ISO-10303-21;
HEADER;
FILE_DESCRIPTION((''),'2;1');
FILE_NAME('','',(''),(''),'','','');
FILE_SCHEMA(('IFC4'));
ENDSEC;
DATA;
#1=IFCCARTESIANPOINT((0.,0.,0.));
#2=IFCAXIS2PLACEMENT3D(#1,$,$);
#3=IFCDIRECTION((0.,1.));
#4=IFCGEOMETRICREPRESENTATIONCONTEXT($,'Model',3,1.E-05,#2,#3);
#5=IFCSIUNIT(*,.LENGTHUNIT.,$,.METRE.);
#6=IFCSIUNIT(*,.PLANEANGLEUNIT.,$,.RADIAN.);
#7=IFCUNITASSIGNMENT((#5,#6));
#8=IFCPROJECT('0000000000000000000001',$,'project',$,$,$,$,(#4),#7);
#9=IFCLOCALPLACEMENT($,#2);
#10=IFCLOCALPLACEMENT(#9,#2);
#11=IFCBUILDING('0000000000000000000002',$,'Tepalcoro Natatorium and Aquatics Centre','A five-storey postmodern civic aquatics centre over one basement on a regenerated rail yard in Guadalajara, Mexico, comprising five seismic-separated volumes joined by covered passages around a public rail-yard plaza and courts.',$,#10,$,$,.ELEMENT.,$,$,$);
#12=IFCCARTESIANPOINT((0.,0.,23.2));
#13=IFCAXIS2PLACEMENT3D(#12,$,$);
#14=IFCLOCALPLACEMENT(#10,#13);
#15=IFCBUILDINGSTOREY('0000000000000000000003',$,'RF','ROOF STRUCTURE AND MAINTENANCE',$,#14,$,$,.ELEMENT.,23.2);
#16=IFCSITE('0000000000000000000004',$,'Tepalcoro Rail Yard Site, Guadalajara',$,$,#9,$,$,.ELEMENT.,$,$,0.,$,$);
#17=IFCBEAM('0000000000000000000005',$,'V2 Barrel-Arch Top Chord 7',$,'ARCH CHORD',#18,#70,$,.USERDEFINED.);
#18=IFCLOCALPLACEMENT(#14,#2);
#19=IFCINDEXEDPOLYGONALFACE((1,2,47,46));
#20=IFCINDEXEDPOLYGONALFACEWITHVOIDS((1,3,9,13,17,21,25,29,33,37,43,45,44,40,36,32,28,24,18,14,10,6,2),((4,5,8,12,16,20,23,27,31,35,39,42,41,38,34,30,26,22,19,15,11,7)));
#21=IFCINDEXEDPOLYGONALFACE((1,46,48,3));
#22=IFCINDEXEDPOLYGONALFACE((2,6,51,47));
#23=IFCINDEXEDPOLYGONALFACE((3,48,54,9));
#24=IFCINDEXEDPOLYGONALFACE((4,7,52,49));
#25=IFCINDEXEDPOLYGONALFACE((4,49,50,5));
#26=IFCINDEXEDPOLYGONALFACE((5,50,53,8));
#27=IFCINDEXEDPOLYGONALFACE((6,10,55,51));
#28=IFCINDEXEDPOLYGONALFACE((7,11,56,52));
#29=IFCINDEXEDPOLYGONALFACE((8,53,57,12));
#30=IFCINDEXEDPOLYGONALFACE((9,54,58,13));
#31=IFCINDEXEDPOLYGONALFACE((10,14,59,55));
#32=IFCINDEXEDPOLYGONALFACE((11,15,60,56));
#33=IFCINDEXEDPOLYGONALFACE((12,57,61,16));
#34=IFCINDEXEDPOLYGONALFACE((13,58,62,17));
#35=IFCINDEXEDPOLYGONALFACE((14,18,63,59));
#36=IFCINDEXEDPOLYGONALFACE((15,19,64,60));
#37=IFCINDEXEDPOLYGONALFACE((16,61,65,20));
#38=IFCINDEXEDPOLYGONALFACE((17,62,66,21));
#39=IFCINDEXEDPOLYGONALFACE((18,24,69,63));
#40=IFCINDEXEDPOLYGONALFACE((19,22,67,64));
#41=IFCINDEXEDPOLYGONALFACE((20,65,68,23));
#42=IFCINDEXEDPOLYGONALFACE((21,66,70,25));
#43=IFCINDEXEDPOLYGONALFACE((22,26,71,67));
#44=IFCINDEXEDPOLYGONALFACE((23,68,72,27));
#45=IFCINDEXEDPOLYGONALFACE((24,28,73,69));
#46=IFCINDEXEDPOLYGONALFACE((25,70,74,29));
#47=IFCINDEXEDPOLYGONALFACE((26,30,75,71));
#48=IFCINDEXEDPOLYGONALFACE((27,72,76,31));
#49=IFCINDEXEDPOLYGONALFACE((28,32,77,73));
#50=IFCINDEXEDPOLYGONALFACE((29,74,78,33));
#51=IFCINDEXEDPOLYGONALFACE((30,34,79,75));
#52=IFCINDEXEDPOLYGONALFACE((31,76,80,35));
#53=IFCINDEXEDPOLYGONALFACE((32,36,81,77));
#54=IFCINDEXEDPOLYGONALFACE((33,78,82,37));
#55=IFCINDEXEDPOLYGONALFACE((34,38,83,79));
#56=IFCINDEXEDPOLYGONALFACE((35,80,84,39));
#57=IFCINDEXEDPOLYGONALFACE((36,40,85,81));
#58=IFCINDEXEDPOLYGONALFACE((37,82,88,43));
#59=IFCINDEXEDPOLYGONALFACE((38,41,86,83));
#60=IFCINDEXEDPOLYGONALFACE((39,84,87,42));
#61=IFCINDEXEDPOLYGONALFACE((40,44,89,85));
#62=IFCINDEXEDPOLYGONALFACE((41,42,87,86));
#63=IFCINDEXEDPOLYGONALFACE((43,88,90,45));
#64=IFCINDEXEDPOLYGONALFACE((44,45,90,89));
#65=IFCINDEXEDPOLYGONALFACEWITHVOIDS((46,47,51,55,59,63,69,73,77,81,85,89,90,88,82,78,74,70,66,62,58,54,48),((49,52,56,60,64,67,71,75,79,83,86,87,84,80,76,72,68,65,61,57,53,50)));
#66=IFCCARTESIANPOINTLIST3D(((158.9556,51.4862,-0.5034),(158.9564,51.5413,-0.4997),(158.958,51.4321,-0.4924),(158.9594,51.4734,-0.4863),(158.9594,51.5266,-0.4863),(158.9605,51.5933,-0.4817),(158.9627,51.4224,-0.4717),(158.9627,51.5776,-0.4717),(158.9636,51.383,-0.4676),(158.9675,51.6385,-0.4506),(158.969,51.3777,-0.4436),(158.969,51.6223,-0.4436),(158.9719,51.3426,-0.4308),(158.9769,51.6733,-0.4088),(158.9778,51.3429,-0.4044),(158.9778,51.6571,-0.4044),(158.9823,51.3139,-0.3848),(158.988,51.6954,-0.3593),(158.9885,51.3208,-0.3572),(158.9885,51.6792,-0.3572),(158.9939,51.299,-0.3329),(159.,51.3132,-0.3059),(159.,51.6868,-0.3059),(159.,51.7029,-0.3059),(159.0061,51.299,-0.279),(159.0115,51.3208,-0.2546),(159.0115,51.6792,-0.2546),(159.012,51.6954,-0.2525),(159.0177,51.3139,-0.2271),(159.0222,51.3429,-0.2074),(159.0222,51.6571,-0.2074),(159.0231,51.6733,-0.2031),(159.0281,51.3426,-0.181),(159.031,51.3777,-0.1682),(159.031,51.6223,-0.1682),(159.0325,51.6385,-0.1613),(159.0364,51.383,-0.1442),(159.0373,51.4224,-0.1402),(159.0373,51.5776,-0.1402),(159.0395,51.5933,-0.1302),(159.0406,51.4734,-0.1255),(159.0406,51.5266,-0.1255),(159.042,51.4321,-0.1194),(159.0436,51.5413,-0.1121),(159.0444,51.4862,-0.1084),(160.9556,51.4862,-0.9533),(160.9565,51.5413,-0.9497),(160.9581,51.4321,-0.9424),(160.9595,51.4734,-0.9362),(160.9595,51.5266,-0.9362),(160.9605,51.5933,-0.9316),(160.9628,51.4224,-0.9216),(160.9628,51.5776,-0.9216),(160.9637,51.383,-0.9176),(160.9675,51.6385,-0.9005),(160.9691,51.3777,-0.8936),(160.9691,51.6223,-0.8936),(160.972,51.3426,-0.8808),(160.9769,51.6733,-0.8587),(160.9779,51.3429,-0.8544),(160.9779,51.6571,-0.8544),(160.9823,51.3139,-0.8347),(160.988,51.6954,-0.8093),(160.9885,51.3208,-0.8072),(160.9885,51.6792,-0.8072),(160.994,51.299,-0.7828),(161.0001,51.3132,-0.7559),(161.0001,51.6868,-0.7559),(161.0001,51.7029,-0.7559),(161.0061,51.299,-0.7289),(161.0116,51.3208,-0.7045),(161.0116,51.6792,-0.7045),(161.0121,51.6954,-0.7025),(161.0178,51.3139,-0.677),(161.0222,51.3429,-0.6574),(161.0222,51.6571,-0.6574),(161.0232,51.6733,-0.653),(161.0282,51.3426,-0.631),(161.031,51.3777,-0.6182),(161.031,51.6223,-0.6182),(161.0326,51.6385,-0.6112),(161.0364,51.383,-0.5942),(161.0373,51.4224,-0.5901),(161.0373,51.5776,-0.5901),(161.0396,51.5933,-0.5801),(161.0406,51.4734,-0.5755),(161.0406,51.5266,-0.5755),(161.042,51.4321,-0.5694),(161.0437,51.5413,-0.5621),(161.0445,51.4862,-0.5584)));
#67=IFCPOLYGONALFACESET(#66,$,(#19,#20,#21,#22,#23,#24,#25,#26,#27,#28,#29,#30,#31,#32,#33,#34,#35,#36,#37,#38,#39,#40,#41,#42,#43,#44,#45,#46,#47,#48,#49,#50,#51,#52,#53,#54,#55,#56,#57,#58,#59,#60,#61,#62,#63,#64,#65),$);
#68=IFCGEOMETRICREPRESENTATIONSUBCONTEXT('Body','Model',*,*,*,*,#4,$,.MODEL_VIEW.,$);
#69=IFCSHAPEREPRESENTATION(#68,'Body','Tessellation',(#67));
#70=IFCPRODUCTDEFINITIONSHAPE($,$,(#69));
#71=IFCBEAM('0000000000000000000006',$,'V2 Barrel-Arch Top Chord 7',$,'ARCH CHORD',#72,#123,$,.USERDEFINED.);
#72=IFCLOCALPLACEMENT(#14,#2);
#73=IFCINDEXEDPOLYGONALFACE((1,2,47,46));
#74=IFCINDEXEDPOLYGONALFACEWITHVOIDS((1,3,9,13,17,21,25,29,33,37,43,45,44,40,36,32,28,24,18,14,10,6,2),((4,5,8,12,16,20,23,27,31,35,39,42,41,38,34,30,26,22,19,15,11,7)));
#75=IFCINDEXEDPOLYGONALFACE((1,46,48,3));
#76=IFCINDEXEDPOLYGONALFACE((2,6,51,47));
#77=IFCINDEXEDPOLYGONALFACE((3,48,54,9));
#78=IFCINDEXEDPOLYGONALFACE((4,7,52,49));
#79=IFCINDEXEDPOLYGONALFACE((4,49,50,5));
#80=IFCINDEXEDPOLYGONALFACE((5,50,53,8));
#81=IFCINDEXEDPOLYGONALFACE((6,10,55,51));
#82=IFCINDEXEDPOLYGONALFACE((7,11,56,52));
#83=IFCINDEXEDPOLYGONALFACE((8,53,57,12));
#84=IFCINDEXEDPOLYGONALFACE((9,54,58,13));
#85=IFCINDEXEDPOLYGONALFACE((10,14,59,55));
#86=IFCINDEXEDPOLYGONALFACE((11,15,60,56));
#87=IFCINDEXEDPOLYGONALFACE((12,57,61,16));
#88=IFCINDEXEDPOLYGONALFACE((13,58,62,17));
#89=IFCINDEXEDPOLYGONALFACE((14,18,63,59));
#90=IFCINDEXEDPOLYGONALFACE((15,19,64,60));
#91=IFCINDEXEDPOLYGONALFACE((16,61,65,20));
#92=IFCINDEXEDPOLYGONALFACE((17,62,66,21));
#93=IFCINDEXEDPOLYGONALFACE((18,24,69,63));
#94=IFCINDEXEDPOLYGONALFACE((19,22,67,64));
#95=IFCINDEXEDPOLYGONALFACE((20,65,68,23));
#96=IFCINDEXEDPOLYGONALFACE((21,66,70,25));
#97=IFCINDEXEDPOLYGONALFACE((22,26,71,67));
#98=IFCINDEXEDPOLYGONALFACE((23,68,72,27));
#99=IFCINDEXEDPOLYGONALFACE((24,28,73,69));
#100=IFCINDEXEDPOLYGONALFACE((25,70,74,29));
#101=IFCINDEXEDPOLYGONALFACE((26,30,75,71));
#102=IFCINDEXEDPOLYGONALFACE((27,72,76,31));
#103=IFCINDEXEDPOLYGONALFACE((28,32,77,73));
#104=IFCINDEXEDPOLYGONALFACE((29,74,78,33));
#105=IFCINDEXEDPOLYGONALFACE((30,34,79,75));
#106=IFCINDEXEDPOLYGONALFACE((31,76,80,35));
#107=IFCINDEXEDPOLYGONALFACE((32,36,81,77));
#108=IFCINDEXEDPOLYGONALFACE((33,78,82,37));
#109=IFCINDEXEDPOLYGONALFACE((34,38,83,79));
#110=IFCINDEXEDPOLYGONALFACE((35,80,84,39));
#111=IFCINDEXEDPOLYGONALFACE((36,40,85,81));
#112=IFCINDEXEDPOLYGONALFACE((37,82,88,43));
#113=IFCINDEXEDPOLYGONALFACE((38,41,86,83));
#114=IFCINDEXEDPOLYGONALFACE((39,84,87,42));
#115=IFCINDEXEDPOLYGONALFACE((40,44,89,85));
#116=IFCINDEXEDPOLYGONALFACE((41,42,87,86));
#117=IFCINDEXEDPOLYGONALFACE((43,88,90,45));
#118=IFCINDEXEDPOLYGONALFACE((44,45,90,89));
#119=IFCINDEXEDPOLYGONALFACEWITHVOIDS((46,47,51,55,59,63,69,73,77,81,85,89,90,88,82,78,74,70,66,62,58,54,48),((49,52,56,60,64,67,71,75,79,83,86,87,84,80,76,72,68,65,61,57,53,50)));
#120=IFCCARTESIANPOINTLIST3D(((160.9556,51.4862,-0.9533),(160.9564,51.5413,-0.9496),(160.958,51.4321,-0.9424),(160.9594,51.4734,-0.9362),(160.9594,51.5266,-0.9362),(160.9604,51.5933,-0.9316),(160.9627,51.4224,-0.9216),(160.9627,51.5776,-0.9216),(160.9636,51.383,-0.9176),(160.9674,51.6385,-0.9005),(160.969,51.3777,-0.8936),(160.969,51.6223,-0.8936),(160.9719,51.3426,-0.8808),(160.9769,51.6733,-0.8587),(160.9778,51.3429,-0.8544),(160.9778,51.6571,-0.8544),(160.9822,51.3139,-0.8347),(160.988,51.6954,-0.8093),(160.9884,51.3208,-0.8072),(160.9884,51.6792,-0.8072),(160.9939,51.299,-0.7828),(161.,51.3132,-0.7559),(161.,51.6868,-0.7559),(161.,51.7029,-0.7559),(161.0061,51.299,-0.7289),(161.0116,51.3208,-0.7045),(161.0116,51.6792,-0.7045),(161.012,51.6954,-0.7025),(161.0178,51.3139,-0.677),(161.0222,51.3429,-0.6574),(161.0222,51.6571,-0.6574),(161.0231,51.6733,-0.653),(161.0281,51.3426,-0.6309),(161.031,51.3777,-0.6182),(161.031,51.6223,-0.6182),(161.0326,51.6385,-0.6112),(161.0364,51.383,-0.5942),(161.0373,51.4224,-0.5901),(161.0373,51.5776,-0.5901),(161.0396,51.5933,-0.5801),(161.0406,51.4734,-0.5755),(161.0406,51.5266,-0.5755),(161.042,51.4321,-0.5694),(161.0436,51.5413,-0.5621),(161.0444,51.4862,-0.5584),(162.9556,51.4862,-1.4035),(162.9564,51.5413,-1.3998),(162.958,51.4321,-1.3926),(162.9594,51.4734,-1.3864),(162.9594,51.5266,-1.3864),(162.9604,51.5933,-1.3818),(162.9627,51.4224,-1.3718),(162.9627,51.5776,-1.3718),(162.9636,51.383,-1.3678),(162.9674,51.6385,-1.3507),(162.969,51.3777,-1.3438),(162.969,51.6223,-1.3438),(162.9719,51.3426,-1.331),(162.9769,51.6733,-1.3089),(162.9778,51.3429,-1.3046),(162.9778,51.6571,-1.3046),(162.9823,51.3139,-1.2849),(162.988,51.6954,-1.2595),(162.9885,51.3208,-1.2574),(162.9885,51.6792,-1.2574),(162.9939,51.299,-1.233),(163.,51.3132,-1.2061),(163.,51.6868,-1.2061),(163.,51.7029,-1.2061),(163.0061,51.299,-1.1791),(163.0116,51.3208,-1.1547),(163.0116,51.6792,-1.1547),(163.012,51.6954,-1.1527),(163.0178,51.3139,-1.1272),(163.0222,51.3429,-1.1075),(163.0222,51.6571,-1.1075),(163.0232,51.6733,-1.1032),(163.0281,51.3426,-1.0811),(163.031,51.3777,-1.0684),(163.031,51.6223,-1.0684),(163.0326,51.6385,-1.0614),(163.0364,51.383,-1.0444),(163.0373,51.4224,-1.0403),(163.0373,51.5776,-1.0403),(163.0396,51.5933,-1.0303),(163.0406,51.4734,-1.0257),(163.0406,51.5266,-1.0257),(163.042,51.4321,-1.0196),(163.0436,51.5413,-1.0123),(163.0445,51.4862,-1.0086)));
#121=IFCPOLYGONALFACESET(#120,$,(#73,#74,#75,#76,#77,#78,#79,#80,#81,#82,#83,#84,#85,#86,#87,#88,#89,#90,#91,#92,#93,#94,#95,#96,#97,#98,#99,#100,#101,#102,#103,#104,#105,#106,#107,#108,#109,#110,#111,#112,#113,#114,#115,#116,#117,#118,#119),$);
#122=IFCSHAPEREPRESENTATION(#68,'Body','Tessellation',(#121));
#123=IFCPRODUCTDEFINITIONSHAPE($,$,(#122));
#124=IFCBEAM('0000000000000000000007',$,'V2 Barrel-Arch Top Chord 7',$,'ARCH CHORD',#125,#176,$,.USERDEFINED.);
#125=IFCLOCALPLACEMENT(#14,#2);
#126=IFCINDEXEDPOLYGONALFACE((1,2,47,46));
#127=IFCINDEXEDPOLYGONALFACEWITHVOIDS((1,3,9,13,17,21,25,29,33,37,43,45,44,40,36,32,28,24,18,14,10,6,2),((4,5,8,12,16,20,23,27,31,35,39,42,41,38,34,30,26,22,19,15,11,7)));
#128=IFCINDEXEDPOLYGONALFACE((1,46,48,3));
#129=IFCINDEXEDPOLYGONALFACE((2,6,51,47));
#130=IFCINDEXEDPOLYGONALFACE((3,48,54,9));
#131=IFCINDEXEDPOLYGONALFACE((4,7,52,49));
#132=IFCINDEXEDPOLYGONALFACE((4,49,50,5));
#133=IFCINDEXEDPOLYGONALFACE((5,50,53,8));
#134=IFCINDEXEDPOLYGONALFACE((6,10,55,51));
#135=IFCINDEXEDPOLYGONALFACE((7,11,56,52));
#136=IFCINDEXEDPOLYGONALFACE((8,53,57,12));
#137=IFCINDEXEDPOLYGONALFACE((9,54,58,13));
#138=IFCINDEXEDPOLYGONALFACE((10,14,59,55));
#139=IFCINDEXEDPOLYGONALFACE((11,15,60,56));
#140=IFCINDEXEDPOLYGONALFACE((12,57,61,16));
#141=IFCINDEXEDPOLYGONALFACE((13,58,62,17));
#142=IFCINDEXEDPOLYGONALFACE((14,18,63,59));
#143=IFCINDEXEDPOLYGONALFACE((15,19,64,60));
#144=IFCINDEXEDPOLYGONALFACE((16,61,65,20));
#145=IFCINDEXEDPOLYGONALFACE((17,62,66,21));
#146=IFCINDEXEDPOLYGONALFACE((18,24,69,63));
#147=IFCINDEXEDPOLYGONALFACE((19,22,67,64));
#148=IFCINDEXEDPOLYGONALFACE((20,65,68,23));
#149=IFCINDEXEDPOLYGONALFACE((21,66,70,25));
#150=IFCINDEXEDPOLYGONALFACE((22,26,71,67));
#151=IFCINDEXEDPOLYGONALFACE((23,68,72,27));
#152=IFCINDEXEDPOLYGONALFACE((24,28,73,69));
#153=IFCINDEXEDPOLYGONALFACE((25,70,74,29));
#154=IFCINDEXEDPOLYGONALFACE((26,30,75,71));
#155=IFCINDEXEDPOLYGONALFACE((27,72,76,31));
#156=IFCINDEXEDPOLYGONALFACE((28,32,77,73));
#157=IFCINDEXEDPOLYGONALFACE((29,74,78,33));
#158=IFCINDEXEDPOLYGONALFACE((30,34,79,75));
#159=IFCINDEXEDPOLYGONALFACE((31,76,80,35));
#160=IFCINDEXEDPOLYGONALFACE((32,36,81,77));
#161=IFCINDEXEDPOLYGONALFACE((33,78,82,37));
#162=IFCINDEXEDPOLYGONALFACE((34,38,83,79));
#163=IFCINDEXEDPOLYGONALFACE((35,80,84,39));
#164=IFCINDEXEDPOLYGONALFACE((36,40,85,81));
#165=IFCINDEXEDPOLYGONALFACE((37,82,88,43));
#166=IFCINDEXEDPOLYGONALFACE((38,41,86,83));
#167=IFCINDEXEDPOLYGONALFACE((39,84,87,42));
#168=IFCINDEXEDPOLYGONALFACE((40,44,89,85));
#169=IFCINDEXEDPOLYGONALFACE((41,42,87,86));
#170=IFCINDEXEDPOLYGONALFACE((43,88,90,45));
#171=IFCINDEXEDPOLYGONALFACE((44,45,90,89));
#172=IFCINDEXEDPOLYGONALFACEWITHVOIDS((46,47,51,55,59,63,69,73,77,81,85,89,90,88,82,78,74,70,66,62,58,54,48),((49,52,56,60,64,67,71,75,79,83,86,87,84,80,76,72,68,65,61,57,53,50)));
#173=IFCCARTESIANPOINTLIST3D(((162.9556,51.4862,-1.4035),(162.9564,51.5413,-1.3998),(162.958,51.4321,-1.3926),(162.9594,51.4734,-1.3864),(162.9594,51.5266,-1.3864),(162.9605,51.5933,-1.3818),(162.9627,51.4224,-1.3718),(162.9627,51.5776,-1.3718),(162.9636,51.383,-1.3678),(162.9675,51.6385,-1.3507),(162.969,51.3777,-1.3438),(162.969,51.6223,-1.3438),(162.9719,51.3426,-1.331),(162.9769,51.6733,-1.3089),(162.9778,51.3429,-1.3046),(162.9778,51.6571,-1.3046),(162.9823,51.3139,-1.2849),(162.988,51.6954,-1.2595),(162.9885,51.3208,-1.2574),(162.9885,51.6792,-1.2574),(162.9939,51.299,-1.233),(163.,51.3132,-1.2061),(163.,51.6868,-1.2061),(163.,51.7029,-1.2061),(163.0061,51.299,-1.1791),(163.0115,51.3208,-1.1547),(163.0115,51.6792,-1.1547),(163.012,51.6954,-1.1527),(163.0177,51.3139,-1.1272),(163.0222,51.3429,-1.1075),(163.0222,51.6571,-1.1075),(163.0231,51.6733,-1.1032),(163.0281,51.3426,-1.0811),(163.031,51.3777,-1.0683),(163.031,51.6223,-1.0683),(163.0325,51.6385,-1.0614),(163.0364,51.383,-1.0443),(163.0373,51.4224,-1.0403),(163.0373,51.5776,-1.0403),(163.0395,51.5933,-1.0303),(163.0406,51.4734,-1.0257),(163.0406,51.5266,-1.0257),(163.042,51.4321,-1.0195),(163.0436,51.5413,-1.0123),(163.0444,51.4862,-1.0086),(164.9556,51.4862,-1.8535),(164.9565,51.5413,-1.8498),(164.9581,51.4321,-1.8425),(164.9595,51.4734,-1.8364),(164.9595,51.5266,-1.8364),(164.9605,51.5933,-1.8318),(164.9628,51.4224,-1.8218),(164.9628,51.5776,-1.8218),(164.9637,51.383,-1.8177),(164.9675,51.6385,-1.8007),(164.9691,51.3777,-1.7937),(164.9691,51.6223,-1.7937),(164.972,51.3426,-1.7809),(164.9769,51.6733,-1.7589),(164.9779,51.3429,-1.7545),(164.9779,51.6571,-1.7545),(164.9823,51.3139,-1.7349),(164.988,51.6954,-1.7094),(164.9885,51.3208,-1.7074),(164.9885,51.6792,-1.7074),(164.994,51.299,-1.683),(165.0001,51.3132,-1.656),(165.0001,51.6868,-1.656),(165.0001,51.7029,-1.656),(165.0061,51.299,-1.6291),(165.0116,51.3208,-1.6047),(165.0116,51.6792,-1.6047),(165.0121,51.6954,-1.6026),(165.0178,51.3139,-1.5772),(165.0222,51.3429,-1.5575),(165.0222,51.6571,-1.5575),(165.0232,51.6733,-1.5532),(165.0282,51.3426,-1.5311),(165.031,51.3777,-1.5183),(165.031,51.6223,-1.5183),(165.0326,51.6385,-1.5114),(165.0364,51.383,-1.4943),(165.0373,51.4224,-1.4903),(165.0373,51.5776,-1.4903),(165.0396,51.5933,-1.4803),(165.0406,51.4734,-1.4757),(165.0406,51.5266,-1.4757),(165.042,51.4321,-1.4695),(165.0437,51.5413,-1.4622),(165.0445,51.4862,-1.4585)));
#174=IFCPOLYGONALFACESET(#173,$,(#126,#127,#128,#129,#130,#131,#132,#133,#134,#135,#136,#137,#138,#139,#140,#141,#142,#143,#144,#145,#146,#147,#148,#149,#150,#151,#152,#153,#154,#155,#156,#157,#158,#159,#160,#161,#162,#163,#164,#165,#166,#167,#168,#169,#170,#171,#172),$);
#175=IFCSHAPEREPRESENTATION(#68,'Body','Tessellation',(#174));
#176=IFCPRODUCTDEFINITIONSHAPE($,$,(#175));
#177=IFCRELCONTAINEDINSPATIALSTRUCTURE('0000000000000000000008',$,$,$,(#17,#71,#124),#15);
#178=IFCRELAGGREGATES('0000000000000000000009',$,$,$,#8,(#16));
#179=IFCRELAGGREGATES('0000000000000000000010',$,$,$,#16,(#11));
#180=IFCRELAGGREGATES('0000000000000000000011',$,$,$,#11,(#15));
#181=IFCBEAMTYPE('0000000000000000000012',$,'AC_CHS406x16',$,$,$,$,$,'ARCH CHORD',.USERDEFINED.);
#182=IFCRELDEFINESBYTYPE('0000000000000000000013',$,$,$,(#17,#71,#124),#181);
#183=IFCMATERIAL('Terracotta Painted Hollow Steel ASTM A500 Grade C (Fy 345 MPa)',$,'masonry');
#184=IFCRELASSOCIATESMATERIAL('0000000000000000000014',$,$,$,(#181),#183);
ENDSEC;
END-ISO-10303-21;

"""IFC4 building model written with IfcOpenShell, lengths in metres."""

from ifc_helpers import new_model, si_unit, direction, frame, origin, origin_2d, place, context, subcontext, project, spatial, hollow_circle, extrude, material, material_profile, profile_set, type_object, element, save


model = new_model("IFC4")

# Units and contexts
model_context = context("Model", 3, precision=1e-05, world=origin(), true_north=direction((0.0, 1.0)))
body_context = subcontext(model_context, "Body", "Model", "MODEL_VIEW")
ifc_project = project(units=[si_unit("LENGTHUNIT", "METRE"), si_unit("PLANEANGLEUNIT", "RADIAN")], contexts=[model_context])

# Site, building, storey
site_placement = place(None, origin())
site = spatial("IfcSite", under=ifc_project, at=site_placement, Name="Tepalcoro Rail Yard Site, Guadalajara", CompositionType="ELEMENT", RefElevation=0.0)
building_placement = place(site_placement, origin())
building = spatial("IfcBuilding", under=site, at=building_placement, Name="Tepalcoro Natatorium and Aquatics Centre", Description="A five-storey postmodern civic aquatics centre over one basement on a regenerated rail yard in Guadalajara, Mexico, comprising five seismic-separated volumes joined by covered passages around a public rail-yard plaza and courts.", CompositionType="ELEMENT")
storey_placement = place(building_placement, frame((0.0, 0.0, 23.2)))
storey = spatial("IfcBuildingStorey", under=building, at=storey_placement, Name="RF", Description="ROOF STRUCTURE AND MAINTENANCE", CompositionType="ELEMENT", Elevation=23.2)

# Beams
ifc_material_1 = material(Name="Terracotta Painted Hollow Steel ASTM A500 Grade C (Fy 345 MPa)", Category="masonry")
ifc_material_profile_1 = material_profile(ifc_material_1, hollow_circle(Radius=0.2029, WallThickness=0.0161, at=origin_2d()), Name="CHS406X16")
ifc_profile_set_1 = profile_set([ifc_material_profile_1], Name="Terracotta Painted Hollow Steel ASTM A500 Grade C (Fy 345 MPa)")
beam_type = type_object("IfcBeamType", Name="AC_CHS406x16", ElementType="ARCH CHORD", PredefinedType="USERDEFINED", material=ifc_profile_set_1)
for number, where, z_axis, x_axis, name in (
    (1, (159.0, 51.5, -0.3059), (0.975615, 0.0, -0.21949), (0.0, 1.0, 0.0), "V2 Barrel-Arch Top Chord 7"),
    (2, (161.0, 51.5, -0.7559), (0.975589, 0.0, -0.219603), (0.0, 1.0, 0.0), "V2 Barrel-Arch Top Chord 7"),
    (3, (163.0, 51.5, -1.2061), (0.975615, 0.0, -0.21949), (0.0, 1.0, 0.0), "V2 Barrel-Arch Top Chord 7"),
):
    element("IfcBeam", number, at=place(storey_placement, frame(where, z_axis=z_axis, x_axis=x_axis)), inside=storey, type_object=beam_type, Name=name, ObjectType="ARCH CHORD", PredefinedType="USERDEFINED", context=body_context, shape_type="SweptSolid", body=[
        extrude(hollow_circle(Radius=0.2029, WallThickness=0.0161, at=origin_2d()), origin(), (0.0, 0.0, 1.0), 2.05),
    ])

save(model, "model.ifc")
